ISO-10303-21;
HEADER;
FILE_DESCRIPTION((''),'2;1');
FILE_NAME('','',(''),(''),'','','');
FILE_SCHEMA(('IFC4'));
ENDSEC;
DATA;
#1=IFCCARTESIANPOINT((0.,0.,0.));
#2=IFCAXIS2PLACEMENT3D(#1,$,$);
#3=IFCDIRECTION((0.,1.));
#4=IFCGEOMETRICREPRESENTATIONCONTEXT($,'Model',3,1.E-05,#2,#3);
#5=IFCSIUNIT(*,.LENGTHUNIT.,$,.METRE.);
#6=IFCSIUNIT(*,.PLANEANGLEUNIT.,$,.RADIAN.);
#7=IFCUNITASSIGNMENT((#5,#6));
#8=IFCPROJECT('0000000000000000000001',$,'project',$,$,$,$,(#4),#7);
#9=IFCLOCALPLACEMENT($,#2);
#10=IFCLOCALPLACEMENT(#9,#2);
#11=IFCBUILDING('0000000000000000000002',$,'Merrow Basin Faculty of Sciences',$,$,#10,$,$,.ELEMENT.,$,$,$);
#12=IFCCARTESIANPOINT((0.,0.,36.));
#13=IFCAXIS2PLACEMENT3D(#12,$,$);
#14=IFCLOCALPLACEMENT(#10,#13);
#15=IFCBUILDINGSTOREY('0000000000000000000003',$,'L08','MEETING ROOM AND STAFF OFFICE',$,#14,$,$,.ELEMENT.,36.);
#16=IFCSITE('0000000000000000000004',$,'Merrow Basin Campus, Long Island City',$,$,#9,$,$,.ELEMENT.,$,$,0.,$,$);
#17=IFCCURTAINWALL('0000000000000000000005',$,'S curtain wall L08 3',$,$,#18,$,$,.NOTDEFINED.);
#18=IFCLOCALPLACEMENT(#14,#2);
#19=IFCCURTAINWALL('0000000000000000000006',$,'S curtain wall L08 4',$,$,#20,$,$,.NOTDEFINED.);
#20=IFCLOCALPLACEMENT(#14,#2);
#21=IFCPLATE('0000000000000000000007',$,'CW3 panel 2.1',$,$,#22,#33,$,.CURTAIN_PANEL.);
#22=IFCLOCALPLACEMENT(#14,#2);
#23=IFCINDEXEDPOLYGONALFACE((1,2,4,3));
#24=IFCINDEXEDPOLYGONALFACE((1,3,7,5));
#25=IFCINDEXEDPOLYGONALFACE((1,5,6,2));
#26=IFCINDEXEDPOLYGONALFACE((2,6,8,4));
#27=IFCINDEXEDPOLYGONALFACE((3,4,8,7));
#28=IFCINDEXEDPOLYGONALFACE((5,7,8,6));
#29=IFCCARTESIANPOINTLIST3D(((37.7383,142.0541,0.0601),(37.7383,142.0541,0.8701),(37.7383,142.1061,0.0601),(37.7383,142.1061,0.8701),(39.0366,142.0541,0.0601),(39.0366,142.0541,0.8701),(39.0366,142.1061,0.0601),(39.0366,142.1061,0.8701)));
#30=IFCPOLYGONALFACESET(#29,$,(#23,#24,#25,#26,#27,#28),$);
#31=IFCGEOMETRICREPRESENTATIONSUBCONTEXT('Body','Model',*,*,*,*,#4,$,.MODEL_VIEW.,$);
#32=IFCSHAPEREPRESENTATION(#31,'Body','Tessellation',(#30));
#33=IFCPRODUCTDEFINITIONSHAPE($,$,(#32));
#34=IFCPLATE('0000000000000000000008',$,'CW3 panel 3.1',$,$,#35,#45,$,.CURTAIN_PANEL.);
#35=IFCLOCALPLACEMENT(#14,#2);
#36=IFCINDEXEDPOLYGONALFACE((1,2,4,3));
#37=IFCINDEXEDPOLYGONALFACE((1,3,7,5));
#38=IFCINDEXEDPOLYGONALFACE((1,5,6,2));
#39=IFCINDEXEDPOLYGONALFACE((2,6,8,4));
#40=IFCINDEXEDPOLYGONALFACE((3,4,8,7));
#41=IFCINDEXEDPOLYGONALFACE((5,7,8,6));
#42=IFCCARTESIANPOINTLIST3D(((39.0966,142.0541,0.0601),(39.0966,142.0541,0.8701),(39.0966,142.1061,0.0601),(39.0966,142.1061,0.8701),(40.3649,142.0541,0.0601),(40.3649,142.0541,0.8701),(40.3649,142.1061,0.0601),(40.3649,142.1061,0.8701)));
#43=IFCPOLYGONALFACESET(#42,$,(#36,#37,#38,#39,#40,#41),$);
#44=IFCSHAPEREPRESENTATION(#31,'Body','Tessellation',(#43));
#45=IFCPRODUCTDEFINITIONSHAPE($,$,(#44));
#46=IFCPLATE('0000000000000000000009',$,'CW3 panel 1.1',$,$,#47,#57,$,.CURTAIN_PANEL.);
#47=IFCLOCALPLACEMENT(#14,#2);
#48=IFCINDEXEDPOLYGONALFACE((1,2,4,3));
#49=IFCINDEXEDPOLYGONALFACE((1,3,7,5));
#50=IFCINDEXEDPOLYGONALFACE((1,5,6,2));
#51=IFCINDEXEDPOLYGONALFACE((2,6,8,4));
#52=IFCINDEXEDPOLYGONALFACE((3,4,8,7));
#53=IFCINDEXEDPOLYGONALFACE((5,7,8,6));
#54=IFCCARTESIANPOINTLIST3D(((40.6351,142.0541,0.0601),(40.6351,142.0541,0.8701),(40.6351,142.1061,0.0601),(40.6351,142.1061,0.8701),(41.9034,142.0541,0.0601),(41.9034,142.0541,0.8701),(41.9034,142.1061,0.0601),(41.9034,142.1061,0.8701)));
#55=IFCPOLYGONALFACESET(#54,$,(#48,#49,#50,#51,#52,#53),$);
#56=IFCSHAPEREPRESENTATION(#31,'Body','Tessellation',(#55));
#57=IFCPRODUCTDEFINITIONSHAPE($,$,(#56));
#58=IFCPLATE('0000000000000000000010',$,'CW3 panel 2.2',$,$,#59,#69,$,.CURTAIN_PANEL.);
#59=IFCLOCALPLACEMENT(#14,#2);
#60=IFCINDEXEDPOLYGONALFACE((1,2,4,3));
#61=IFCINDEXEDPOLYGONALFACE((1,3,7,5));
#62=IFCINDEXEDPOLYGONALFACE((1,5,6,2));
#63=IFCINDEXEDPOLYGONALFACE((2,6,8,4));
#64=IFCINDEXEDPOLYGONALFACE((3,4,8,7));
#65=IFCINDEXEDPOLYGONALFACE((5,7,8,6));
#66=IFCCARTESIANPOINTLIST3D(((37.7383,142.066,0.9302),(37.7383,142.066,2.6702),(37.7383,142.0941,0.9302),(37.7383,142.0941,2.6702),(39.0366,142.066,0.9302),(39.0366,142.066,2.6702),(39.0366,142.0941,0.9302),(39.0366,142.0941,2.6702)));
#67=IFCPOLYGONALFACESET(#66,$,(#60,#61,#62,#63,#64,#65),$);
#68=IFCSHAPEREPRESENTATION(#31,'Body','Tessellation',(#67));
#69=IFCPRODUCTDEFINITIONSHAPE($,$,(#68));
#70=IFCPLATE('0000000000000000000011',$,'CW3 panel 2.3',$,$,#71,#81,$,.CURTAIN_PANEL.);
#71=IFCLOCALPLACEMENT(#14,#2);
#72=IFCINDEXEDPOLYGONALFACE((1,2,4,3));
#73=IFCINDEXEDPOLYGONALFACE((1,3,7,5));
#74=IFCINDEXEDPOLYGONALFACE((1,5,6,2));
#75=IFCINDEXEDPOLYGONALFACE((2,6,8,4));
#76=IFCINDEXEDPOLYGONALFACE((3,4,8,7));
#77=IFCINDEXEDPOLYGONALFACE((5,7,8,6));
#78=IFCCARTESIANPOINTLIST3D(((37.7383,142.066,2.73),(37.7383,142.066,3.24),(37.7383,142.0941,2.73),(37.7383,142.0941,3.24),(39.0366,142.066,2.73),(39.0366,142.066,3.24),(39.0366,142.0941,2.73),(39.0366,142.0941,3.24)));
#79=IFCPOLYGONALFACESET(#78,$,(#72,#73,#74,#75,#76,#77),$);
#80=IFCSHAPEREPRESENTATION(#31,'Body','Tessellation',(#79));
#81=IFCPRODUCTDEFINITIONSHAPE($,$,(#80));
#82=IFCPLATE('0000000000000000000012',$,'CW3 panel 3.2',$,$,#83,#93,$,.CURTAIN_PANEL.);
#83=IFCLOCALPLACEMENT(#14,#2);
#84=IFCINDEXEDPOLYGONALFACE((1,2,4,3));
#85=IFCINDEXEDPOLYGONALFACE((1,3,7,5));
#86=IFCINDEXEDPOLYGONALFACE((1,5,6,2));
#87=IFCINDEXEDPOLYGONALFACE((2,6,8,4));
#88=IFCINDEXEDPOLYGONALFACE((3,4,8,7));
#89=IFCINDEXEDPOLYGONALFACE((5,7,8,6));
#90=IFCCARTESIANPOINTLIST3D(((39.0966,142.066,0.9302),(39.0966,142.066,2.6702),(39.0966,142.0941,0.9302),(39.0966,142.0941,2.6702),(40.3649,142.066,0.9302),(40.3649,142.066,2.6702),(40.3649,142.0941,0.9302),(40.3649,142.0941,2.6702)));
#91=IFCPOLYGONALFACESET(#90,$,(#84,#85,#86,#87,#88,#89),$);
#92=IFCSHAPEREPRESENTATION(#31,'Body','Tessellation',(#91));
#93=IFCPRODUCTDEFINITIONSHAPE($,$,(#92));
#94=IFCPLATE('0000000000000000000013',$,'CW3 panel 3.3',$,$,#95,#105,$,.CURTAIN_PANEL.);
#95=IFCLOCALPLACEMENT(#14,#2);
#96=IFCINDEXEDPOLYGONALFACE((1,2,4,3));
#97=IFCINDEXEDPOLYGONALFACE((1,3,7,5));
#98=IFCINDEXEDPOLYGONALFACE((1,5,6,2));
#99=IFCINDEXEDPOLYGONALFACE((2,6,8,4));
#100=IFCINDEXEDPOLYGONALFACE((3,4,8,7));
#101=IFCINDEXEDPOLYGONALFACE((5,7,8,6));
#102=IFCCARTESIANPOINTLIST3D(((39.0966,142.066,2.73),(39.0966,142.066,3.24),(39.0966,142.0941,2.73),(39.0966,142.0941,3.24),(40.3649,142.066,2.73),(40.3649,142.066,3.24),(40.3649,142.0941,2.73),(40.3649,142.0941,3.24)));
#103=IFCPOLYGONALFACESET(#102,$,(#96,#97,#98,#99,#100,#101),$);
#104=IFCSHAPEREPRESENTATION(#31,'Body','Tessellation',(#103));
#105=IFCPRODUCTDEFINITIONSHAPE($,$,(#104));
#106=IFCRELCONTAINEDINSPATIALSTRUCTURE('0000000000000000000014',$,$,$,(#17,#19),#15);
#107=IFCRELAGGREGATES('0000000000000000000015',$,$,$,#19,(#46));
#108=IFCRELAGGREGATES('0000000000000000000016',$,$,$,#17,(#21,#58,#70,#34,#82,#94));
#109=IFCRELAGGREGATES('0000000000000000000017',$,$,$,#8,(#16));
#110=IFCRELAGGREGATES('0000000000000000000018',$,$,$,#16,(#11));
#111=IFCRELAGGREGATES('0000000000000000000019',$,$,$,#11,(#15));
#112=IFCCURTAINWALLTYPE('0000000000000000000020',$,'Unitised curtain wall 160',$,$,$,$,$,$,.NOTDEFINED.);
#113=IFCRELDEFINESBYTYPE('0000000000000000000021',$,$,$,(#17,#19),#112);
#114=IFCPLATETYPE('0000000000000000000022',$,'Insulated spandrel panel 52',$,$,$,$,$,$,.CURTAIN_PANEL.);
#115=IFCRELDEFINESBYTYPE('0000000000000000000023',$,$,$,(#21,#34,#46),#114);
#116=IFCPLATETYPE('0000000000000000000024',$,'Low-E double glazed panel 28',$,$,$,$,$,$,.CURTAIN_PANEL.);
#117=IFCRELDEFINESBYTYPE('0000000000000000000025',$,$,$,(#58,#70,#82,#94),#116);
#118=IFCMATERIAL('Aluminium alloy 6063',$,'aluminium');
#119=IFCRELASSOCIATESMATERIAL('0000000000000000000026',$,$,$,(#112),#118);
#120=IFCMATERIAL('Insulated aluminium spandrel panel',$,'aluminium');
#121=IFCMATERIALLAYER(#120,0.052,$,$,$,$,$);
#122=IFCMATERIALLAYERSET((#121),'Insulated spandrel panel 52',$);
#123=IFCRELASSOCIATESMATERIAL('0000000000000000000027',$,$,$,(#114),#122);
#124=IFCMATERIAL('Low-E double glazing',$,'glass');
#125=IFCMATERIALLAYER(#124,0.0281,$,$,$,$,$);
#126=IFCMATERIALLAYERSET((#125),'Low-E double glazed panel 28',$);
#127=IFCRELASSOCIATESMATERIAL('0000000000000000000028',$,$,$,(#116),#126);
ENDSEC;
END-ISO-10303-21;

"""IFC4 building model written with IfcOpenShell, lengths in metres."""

from ifc_helpers import new_model, si_unit, direction, frame, origin, origin_2d, place, context, subcontext, project, spatial, rectangle, extrude, material, layer, layer_set, type_object, element, aggregate, save


model = new_model("IFC4")

# Units and contexts
model_context = context("Model", 3, precision=1e-05, world=origin(), true_north=direction((0.0, 1.0)))
body_context = subcontext(model_context, "Body", "Model", "MODEL_VIEW")
ifc_project = project(units=[si_unit("LENGTHUNIT", "METRE"), si_unit("PLANEANGLEUNIT", "RADIAN")], contexts=[model_context])

# Site, building, storey
site_placement = place(None, origin())
site = spatial("IfcSite", under=ifc_project, at=site_placement, Name="Merrow Basin Campus, Long Island City", CompositionType="ELEMENT", RefElevation=0.0)
building_placement = place(site_placement, origin())
building = spatial("IfcBuilding", under=site, at=building_placement, Name="Merrow Basin Faculty of Sciences", CompositionType="ELEMENT")
storey_placement = place(building_placement, frame((0.0, 0.0, 36.0)))
storey = spatial("IfcBuildingStorey", under=building, at=storey_placement, Name="L08", Description="MEETING ROOM AND STAFF OFFICE", CompositionType="ELEMENT", Elevation=36.0)

# Curtain walls
ifc_material_1 = material(Name="Aluminium alloy 6063", Category="aluminium")
curtain_wall_type = type_object("IfcCurtainWallType", Name="Unitised curtain wall 160", PredefinedType="NOTDEFINED", material=ifc_material_1)
curtain_wall_1_placement = place(storey_placement, origin())
curtain_wall_1 = element("IfcCurtainWall", 1, at=curtain_wall_1_placement, inside=storey, type_object=curtain_wall_type, Name="S curtain wall L08 3", PredefinedType="NOTDEFINED")
curtain_wall_2_placement = place(storey_placement, origin())
curtain_wall_2 = element("IfcCurtainWall", 2, at=curtain_wall_2_placement, inside=storey, type_object=curtain_wall_type, Name="S curtain wall L08 4", PredefinedType="NOTDEFINED")

# Plates
ifc_material_2 = material(Name="Insulated aluminium spandrel panel", Category="aluminium")
ifc_layer_1 = layer(ifc_material_2, 0.052)
ifc_layer_set_1 = layer_set([ifc_layer_1], Name="Insulated spandrel panel 52")
plate_type_1 = type_object("IfcPlateType", Name="Insulated spandrel panel 52", PredefinedType="CURTAIN_PANEL", material=ifc_layer_set_1)
plate_1_placement = place(storey_placement, frame((38.3875, 142.0801, 0.0601), z_axis=(0.0, 0.0, 1.0), x_axis=(1.0, 0.0, 0.0)))
plate_1 = element("IfcPlate", 3, at=plate_1_placement, type_object=plate_type_1, Name="CW3 panel 2.1", PredefinedType="CURTAIN_PANEL", context=body_context, shape_type="SweptSolid", body=[
    extrude(rectangle(XDim=1.2983, YDim=0.052, at=origin_2d()), origin(), (0.0, 0.0, 1.0), 0.8101),
])
plate_2_placement = place(storey_placement, frame((39.7307, 142.0801, 0.0601), z_axis=(0.0, 0.0, 1.0), x_axis=(1.0, 0.0, 0.0)))
plate_2 = element("IfcPlate", 4, at=plate_2_placement, type_object=plate_type_1, Name="CW3 panel 3.1", PredefinedType="CURTAIN_PANEL", context=body_context, shape_type="SweptSolid", body=[
    extrude(rectangle(XDim=1.2683, YDim=0.052, at=origin_2d()), origin(), (0.0, 0.0, 1.0), 0.8101),
])
plate_3_placement = place(storey_placement, frame((41.2693, 142.0801, 0.0601), z_axis=(0.0, 0.0, 1.0), x_axis=(1.0, 0.0, 0.0)))
plate_3 = element("IfcPlate", 5, at=plate_3_placement, type_object=plate_type_1, Name="CW3 panel 1.1", PredefinedType="CURTAIN_PANEL", context=body_context, shape_type="SweptSolid", body=[
    extrude(rectangle(XDim=1.2683, YDim=0.052, at=origin_2d()), origin(), (0.0, 0.0, 1.0), 0.8101),
])
aggregate(curtain_wall_2, [plate_3])
ifc_material_3 = material(Name="Low-E double glazing", Category="glass")
ifc_layer_2 = layer(ifc_material_3, 0.0281)
ifc_layer_set_2 = layer_set([ifc_layer_2], Name="Low-E double glazed panel 28")
plate_type_2 = type_object("IfcPlateType", Name="Low-E double glazed panel 28", PredefinedType="CURTAIN_PANEL", material=ifc_layer_set_2)
plate_4_placement = place(storey_placement, frame((38.3875, 142.0801, 0.9302), z_axis=(0.0, 0.0, 1.0), x_axis=(1.0, 0.0, 0.0)))
plate_4 = element("IfcPlate", 6, at=plate_4_placement, type_object=plate_type_2, Name="CW3 panel 2.2", PredefinedType="CURTAIN_PANEL", context=body_context, shape_type="SweptSolid", body=[
    extrude(rectangle(XDim=1.2983, YDim=0.0281, at=origin_2d()), origin(), (0.0, 0.0, 1.0), 1.74),
])
plate_5_placement = place(storey_placement, frame((38.3875, 142.0801, 2.73), z_axis=(0.0, 0.0, 1.0), x_axis=(1.0, 0.0, 0.0)))
plate_5 = element("IfcPlate", 7, at=plate_5_placement, type_object=plate_type_2, Name="CW3 panel 2.3", PredefinedType="CURTAIN_PANEL", context=body_context, shape_type="SweptSolid", body=[
    extrude(rectangle(XDim=1.2983, YDim=0.0281, at=origin_2d()), origin(), (0.0, 0.0, 1.0), 0.51),
])
plate_6_placement = place(storey_placement, frame((39.7307, 142.0801, 0.9302), z_axis=(0.0, 0.0, 1.0), x_axis=(1.0, 0.0, 0.0)))
plate_6 = element("IfcPlate", 8, at=plate_6_placement, type_object=plate_type_2, Name="CW3 panel 3.2", PredefinedType="CURTAIN_PANEL", context=body_context, shape_type="SweptSolid", body=[
    extrude(rectangle(XDim=1.2683, YDim=0.0281, at=origin_2d()), origin(), (0.0, 0.0, 1.0), 1.74),
])
plate_7_placement = place(storey_placement, frame((39.7307, 142.0801, 2.73), z_axis=(0.0, 0.0, 1.0), x_axis=(1.0, 0.0, 0.0)))
plate_7 = element("IfcPlate", 9, at=plate_7_placement, type_object=plate_type_2, Name="CW3 panel 3.3", PredefinedType="CURTAIN_PANEL", context=body_context, shape_type="SweptSolid", body=[
    extrude(rectangle(XDim=1.2683, YDim=0.0281, at=origin_2d()), origin(), (0.0, 0.0, 1.0), 0.51),
])
aggregate(curtain_wall_1, [plate_1, plate_4, plate_5, plate_2, plate_6, plate_7])

save(model, "model.ifc")
